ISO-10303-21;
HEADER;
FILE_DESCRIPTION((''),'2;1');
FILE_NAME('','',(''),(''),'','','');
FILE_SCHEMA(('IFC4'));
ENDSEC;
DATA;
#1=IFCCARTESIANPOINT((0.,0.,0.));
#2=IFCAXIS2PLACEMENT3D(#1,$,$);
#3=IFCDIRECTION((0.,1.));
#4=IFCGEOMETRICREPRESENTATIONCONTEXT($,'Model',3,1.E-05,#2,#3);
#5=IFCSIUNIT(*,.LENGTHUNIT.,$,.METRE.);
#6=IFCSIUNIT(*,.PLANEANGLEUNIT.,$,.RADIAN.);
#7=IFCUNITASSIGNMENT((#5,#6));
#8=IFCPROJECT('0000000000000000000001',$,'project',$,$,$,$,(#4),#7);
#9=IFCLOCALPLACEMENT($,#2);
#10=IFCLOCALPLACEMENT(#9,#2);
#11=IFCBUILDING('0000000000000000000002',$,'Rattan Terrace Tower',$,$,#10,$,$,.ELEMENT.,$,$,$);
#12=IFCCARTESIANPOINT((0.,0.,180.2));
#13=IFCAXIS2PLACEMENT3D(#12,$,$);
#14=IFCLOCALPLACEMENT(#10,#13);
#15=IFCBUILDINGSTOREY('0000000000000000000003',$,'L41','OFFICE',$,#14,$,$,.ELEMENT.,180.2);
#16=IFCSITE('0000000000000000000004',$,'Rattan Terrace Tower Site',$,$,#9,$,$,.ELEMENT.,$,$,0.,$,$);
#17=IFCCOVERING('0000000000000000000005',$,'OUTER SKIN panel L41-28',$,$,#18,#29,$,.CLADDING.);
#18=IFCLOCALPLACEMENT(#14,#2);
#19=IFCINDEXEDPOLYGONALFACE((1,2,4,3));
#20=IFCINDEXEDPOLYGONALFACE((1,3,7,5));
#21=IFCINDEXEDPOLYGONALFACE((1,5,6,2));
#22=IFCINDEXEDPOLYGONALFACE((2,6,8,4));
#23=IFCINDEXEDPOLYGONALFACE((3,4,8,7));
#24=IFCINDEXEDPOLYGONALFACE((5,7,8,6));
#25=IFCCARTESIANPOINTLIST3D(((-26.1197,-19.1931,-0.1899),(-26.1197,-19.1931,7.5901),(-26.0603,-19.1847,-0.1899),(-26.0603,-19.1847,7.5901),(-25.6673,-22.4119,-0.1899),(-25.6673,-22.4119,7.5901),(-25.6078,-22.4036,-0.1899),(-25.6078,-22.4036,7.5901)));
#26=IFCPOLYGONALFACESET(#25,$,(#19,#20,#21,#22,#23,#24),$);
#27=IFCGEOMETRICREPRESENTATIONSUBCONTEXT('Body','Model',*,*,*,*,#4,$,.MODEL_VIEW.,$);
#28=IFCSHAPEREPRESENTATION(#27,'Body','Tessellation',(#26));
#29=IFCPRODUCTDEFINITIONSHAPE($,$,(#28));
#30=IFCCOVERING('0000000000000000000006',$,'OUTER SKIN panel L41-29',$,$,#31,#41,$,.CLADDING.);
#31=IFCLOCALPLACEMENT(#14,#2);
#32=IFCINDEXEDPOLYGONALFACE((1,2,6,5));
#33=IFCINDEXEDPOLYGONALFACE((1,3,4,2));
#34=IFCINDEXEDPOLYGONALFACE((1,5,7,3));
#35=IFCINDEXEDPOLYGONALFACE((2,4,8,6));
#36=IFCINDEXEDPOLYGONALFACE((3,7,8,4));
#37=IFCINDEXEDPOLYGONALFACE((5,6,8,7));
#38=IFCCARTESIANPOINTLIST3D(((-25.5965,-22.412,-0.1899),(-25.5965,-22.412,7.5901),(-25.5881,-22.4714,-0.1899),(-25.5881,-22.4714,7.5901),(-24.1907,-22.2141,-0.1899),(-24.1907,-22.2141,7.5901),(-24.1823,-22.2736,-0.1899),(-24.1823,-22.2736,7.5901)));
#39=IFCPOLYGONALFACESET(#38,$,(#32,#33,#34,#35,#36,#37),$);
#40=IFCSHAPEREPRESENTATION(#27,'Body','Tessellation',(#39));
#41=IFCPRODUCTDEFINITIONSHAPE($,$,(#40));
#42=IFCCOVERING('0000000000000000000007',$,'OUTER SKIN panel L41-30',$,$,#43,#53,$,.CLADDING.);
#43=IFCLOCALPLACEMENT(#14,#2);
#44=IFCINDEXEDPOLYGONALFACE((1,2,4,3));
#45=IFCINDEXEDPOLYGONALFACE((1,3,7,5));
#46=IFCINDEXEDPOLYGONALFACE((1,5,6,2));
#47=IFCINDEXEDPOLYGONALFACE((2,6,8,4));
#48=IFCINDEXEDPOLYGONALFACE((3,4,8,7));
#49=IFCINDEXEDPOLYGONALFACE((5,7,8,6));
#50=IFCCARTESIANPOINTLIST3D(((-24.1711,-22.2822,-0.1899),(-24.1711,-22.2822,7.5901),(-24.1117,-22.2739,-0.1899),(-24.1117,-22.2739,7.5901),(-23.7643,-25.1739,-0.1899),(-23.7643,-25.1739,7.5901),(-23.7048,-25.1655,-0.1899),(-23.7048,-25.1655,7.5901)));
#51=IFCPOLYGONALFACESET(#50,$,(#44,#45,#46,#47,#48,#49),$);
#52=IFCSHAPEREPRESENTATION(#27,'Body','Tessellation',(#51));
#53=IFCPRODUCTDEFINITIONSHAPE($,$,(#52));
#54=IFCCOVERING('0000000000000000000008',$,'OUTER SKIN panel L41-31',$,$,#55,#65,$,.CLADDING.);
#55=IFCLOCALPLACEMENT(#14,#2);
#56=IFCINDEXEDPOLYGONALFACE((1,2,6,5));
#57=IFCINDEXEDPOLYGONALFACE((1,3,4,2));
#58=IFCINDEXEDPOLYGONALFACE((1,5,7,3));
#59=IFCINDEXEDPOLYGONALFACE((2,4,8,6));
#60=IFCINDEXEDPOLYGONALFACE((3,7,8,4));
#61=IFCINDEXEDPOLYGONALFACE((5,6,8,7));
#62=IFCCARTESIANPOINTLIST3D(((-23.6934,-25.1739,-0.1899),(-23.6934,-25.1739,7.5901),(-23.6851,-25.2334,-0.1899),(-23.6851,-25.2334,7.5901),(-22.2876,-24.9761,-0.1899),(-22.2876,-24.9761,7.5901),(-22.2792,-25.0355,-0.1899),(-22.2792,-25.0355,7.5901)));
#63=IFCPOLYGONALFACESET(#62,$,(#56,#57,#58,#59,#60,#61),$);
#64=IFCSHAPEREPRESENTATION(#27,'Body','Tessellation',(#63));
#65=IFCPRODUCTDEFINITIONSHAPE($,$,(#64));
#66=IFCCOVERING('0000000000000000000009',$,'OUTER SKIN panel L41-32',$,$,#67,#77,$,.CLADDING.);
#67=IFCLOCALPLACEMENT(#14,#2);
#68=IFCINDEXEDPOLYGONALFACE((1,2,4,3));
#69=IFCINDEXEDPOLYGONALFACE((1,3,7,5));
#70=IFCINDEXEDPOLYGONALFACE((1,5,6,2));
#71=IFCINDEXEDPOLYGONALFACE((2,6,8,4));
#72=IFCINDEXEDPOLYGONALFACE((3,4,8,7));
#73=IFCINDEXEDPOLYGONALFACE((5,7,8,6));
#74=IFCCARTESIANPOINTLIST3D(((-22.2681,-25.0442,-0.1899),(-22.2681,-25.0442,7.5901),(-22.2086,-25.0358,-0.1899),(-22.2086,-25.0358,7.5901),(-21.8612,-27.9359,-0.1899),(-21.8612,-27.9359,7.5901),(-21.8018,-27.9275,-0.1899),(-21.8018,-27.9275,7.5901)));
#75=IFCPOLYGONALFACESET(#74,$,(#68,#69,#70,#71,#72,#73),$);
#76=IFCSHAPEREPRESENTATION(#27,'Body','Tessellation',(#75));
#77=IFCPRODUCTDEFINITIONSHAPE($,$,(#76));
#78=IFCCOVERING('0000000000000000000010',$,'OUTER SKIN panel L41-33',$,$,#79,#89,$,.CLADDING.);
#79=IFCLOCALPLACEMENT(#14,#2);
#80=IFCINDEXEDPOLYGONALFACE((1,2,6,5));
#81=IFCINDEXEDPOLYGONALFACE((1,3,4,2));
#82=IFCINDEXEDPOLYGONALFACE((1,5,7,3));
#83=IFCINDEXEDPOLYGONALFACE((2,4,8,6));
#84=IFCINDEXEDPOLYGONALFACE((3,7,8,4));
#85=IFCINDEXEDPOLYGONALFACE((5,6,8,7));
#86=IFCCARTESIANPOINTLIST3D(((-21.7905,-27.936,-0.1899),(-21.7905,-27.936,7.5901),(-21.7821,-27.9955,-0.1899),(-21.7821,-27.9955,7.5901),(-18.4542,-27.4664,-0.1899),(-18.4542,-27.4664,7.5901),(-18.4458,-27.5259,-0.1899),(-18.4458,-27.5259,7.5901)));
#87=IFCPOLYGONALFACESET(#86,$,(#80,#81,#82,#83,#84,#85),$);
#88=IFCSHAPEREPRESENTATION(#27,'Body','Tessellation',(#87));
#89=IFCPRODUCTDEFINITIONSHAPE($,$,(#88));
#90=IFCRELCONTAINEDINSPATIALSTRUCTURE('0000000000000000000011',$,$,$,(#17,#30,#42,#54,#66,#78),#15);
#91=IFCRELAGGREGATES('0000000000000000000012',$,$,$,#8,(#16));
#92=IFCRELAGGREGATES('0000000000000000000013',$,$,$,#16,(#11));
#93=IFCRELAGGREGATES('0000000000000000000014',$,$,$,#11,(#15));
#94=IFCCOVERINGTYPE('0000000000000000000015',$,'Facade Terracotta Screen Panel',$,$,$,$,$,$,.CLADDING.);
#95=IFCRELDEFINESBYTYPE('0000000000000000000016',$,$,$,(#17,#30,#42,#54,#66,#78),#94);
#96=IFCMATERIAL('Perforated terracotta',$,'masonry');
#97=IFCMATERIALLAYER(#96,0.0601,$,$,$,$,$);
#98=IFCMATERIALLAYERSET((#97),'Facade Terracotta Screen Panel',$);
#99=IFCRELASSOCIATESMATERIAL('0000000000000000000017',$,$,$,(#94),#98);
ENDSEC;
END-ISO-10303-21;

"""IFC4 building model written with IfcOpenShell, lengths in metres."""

from ifc_helpers import new_model, si_unit, direction, frame, origin, origin_2d, place, context, subcontext, project, spatial, rectangle, extrude, material, layer, layer_set, type_object, element, save


model = new_model("IFC4")

# Units and contexts
model_context = context("Model", 3, precision=1e-05, world=origin(), true_north=direction((0.0, 1.0)))
body_context = subcontext(model_context, "Body", "Model", "MODEL_VIEW")
ifc_project = project(units=[si_unit("LENGTHUNIT", "METRE"), si_unit("PLANEANGLEUNIT", "RADIAN")], contexts=[model_context])

# Site, building, storey
site_placement = place(None, origin())
site = spatial("IfcSite", under=ifc_project, at=site_placement, Name="Rattan Terrace Tower Site", CompositionType="ELEMENT", RefElevation=0.0)
building_placement = place(site_placement, origin())
building = spatial("IfcBuilding", under=site, at=building_placement, Name="Rattan Terrace Tower", CompositionType="ELEMENT")
storey_placement = place(building_placement, frame((0.0, 0.0, 180.2)))
storey = spatial("IfcBuildingStorey", under=building, at=storey_placement, Name="L41", Description="OFFICE", CompositionType="ELEMENT", Elevation=180.2)

# Coverings
ifc_material_1 = material(Name="Perforated terracotta", Category="masonry")
ifc_layer_1 = layer(ifc_material_1, 0.0601)
ifc_layer_set_1 = layer_set([ifc_layer_1], Name="Facade Terracotta Screen Panel")
covering_type = type_object("IfcCoveringType", Name="Facade Terracotta Screen Panel", PredefinedType="CLADDING", material=ifc_layer_set_1)
covering_1_placement = place(storey_placement, frame((-25.8638, -20.7983, -0.1899), z_axis=(0.0, 0.0, 1.0), x_axis=(0.139191, -0.990266, 0.0)))
element("IfcCovering", 1, at=covering_1_placement, inside=storey, type_object=covering_type, Name="OUTER SKIN panel L41-28", PredefinedType="CLADDING", context=body_context, shape_type="SweptSolid", body=[
    extrude(rectangle(XDim=3.2505, YDim=0.0601, at=origin_2d()), origin(), (0.0, 0.0, 1.0), 7.78),
])
covering_2_placement = place(storey_placement, frame((-24.8894, -22.3428, -0.1899), z_axis=(0.0, 0.0, 1.0), x_axis=(0.990241, 0.139367, 0.0)))
element("IfcCovering", 2, at=covering_2_placement, inside=storey, type_object=covering_type, Name="OUTER SKIN panel L41-29", PredefinedType="CLADDING", context=body_context, shape_type="SweptSolid", body=[
    extrude(rectangle(XDim=1.4197, YDim=0.0601, at=origin_2d()), origin(), (0.0, 0.0, 1.0), 7.78),
])
covering_3_placement = place(storey_placement, frame((-23.938, -23.7239, -0.1899), z_axis=(0.0, 0.0, 1.0), x_axis=(0.139321, -0.990247, 0.0)))
element("IfcCovering", 3, at=covering_3_placement, inside=storey, type_object=covering_type, Name="OUTER SKIN panel L41-30", PredefinedType="CLADDING", context=body_context, shape_type="SweptSolid", body=[
    extrude(rectangle(XDim=2.9202, YDim=0.0601, at=origin_2d()), origin(), (0.0, 0.0, 1.0), 7.78),
])
covering_4_placement = place(storey_placement, frame((-22.9863, -25.1047, -0.1899), z_axis=(0.0, 0.0, 1.0), x_axis=(0.990241, 0.139367, 0.0)))
element("IfcCovering", 4, at=covering_4_placement, inside=storey, type_object=covering_type, Name="OUTER SKIN panel L41-31", PredefinedType="CLADDING", context=body_context, shape_type="SweptSolid", body=[
    extrude(rectangle(XDim=1.4197, YDim=0.0601, at=origin_2d()), origin(), (0.0, 0.0, 1.0), 7.78),
])
covering_5_placement = place(storey_placement, frame((-22.0349, -26.4858, -0.1899), z_axis=(0.0, 0.0, 1.0), x_axis=(0.139321, -0.990247, 0.0)))
element("IfcCovering", 5, at=covering_5_placement, inside=storey, type_object=covering_type, Name="OUTER SKIN panel L41-32", PredefinedType="CLADDING", context=body_context, shape_type="SweptSolid", body=[
    extrude(rectangle(XDim=2.9202, YDim=0.0601, at=origin_2d()), origin(), (0.0, 0.0, 1.0), 7.78),
])
covering_6_placement = place(storey_placement, frame((-20.1182, -27.731, -0.1899), z_axis=(0.0, 0.0, 1.0), x_axis=(0.990241, 0.139367, 0.0)))
element("IfcCovering", 6, at=covering_6_placement, inside=storey, type_object=covering_type, Name="OUTER SKIN panel L41-33", PredefinedType="CLADDING", context=body_context, shape_type="SweptSolid", body=[
    extrude(rectangle(XDim=3.3691, YDim=0.0601, at=origin_2d()), origin(), (0.0, 0.0, 1.0), 7.78),
])

save(model, "model.ifc")
